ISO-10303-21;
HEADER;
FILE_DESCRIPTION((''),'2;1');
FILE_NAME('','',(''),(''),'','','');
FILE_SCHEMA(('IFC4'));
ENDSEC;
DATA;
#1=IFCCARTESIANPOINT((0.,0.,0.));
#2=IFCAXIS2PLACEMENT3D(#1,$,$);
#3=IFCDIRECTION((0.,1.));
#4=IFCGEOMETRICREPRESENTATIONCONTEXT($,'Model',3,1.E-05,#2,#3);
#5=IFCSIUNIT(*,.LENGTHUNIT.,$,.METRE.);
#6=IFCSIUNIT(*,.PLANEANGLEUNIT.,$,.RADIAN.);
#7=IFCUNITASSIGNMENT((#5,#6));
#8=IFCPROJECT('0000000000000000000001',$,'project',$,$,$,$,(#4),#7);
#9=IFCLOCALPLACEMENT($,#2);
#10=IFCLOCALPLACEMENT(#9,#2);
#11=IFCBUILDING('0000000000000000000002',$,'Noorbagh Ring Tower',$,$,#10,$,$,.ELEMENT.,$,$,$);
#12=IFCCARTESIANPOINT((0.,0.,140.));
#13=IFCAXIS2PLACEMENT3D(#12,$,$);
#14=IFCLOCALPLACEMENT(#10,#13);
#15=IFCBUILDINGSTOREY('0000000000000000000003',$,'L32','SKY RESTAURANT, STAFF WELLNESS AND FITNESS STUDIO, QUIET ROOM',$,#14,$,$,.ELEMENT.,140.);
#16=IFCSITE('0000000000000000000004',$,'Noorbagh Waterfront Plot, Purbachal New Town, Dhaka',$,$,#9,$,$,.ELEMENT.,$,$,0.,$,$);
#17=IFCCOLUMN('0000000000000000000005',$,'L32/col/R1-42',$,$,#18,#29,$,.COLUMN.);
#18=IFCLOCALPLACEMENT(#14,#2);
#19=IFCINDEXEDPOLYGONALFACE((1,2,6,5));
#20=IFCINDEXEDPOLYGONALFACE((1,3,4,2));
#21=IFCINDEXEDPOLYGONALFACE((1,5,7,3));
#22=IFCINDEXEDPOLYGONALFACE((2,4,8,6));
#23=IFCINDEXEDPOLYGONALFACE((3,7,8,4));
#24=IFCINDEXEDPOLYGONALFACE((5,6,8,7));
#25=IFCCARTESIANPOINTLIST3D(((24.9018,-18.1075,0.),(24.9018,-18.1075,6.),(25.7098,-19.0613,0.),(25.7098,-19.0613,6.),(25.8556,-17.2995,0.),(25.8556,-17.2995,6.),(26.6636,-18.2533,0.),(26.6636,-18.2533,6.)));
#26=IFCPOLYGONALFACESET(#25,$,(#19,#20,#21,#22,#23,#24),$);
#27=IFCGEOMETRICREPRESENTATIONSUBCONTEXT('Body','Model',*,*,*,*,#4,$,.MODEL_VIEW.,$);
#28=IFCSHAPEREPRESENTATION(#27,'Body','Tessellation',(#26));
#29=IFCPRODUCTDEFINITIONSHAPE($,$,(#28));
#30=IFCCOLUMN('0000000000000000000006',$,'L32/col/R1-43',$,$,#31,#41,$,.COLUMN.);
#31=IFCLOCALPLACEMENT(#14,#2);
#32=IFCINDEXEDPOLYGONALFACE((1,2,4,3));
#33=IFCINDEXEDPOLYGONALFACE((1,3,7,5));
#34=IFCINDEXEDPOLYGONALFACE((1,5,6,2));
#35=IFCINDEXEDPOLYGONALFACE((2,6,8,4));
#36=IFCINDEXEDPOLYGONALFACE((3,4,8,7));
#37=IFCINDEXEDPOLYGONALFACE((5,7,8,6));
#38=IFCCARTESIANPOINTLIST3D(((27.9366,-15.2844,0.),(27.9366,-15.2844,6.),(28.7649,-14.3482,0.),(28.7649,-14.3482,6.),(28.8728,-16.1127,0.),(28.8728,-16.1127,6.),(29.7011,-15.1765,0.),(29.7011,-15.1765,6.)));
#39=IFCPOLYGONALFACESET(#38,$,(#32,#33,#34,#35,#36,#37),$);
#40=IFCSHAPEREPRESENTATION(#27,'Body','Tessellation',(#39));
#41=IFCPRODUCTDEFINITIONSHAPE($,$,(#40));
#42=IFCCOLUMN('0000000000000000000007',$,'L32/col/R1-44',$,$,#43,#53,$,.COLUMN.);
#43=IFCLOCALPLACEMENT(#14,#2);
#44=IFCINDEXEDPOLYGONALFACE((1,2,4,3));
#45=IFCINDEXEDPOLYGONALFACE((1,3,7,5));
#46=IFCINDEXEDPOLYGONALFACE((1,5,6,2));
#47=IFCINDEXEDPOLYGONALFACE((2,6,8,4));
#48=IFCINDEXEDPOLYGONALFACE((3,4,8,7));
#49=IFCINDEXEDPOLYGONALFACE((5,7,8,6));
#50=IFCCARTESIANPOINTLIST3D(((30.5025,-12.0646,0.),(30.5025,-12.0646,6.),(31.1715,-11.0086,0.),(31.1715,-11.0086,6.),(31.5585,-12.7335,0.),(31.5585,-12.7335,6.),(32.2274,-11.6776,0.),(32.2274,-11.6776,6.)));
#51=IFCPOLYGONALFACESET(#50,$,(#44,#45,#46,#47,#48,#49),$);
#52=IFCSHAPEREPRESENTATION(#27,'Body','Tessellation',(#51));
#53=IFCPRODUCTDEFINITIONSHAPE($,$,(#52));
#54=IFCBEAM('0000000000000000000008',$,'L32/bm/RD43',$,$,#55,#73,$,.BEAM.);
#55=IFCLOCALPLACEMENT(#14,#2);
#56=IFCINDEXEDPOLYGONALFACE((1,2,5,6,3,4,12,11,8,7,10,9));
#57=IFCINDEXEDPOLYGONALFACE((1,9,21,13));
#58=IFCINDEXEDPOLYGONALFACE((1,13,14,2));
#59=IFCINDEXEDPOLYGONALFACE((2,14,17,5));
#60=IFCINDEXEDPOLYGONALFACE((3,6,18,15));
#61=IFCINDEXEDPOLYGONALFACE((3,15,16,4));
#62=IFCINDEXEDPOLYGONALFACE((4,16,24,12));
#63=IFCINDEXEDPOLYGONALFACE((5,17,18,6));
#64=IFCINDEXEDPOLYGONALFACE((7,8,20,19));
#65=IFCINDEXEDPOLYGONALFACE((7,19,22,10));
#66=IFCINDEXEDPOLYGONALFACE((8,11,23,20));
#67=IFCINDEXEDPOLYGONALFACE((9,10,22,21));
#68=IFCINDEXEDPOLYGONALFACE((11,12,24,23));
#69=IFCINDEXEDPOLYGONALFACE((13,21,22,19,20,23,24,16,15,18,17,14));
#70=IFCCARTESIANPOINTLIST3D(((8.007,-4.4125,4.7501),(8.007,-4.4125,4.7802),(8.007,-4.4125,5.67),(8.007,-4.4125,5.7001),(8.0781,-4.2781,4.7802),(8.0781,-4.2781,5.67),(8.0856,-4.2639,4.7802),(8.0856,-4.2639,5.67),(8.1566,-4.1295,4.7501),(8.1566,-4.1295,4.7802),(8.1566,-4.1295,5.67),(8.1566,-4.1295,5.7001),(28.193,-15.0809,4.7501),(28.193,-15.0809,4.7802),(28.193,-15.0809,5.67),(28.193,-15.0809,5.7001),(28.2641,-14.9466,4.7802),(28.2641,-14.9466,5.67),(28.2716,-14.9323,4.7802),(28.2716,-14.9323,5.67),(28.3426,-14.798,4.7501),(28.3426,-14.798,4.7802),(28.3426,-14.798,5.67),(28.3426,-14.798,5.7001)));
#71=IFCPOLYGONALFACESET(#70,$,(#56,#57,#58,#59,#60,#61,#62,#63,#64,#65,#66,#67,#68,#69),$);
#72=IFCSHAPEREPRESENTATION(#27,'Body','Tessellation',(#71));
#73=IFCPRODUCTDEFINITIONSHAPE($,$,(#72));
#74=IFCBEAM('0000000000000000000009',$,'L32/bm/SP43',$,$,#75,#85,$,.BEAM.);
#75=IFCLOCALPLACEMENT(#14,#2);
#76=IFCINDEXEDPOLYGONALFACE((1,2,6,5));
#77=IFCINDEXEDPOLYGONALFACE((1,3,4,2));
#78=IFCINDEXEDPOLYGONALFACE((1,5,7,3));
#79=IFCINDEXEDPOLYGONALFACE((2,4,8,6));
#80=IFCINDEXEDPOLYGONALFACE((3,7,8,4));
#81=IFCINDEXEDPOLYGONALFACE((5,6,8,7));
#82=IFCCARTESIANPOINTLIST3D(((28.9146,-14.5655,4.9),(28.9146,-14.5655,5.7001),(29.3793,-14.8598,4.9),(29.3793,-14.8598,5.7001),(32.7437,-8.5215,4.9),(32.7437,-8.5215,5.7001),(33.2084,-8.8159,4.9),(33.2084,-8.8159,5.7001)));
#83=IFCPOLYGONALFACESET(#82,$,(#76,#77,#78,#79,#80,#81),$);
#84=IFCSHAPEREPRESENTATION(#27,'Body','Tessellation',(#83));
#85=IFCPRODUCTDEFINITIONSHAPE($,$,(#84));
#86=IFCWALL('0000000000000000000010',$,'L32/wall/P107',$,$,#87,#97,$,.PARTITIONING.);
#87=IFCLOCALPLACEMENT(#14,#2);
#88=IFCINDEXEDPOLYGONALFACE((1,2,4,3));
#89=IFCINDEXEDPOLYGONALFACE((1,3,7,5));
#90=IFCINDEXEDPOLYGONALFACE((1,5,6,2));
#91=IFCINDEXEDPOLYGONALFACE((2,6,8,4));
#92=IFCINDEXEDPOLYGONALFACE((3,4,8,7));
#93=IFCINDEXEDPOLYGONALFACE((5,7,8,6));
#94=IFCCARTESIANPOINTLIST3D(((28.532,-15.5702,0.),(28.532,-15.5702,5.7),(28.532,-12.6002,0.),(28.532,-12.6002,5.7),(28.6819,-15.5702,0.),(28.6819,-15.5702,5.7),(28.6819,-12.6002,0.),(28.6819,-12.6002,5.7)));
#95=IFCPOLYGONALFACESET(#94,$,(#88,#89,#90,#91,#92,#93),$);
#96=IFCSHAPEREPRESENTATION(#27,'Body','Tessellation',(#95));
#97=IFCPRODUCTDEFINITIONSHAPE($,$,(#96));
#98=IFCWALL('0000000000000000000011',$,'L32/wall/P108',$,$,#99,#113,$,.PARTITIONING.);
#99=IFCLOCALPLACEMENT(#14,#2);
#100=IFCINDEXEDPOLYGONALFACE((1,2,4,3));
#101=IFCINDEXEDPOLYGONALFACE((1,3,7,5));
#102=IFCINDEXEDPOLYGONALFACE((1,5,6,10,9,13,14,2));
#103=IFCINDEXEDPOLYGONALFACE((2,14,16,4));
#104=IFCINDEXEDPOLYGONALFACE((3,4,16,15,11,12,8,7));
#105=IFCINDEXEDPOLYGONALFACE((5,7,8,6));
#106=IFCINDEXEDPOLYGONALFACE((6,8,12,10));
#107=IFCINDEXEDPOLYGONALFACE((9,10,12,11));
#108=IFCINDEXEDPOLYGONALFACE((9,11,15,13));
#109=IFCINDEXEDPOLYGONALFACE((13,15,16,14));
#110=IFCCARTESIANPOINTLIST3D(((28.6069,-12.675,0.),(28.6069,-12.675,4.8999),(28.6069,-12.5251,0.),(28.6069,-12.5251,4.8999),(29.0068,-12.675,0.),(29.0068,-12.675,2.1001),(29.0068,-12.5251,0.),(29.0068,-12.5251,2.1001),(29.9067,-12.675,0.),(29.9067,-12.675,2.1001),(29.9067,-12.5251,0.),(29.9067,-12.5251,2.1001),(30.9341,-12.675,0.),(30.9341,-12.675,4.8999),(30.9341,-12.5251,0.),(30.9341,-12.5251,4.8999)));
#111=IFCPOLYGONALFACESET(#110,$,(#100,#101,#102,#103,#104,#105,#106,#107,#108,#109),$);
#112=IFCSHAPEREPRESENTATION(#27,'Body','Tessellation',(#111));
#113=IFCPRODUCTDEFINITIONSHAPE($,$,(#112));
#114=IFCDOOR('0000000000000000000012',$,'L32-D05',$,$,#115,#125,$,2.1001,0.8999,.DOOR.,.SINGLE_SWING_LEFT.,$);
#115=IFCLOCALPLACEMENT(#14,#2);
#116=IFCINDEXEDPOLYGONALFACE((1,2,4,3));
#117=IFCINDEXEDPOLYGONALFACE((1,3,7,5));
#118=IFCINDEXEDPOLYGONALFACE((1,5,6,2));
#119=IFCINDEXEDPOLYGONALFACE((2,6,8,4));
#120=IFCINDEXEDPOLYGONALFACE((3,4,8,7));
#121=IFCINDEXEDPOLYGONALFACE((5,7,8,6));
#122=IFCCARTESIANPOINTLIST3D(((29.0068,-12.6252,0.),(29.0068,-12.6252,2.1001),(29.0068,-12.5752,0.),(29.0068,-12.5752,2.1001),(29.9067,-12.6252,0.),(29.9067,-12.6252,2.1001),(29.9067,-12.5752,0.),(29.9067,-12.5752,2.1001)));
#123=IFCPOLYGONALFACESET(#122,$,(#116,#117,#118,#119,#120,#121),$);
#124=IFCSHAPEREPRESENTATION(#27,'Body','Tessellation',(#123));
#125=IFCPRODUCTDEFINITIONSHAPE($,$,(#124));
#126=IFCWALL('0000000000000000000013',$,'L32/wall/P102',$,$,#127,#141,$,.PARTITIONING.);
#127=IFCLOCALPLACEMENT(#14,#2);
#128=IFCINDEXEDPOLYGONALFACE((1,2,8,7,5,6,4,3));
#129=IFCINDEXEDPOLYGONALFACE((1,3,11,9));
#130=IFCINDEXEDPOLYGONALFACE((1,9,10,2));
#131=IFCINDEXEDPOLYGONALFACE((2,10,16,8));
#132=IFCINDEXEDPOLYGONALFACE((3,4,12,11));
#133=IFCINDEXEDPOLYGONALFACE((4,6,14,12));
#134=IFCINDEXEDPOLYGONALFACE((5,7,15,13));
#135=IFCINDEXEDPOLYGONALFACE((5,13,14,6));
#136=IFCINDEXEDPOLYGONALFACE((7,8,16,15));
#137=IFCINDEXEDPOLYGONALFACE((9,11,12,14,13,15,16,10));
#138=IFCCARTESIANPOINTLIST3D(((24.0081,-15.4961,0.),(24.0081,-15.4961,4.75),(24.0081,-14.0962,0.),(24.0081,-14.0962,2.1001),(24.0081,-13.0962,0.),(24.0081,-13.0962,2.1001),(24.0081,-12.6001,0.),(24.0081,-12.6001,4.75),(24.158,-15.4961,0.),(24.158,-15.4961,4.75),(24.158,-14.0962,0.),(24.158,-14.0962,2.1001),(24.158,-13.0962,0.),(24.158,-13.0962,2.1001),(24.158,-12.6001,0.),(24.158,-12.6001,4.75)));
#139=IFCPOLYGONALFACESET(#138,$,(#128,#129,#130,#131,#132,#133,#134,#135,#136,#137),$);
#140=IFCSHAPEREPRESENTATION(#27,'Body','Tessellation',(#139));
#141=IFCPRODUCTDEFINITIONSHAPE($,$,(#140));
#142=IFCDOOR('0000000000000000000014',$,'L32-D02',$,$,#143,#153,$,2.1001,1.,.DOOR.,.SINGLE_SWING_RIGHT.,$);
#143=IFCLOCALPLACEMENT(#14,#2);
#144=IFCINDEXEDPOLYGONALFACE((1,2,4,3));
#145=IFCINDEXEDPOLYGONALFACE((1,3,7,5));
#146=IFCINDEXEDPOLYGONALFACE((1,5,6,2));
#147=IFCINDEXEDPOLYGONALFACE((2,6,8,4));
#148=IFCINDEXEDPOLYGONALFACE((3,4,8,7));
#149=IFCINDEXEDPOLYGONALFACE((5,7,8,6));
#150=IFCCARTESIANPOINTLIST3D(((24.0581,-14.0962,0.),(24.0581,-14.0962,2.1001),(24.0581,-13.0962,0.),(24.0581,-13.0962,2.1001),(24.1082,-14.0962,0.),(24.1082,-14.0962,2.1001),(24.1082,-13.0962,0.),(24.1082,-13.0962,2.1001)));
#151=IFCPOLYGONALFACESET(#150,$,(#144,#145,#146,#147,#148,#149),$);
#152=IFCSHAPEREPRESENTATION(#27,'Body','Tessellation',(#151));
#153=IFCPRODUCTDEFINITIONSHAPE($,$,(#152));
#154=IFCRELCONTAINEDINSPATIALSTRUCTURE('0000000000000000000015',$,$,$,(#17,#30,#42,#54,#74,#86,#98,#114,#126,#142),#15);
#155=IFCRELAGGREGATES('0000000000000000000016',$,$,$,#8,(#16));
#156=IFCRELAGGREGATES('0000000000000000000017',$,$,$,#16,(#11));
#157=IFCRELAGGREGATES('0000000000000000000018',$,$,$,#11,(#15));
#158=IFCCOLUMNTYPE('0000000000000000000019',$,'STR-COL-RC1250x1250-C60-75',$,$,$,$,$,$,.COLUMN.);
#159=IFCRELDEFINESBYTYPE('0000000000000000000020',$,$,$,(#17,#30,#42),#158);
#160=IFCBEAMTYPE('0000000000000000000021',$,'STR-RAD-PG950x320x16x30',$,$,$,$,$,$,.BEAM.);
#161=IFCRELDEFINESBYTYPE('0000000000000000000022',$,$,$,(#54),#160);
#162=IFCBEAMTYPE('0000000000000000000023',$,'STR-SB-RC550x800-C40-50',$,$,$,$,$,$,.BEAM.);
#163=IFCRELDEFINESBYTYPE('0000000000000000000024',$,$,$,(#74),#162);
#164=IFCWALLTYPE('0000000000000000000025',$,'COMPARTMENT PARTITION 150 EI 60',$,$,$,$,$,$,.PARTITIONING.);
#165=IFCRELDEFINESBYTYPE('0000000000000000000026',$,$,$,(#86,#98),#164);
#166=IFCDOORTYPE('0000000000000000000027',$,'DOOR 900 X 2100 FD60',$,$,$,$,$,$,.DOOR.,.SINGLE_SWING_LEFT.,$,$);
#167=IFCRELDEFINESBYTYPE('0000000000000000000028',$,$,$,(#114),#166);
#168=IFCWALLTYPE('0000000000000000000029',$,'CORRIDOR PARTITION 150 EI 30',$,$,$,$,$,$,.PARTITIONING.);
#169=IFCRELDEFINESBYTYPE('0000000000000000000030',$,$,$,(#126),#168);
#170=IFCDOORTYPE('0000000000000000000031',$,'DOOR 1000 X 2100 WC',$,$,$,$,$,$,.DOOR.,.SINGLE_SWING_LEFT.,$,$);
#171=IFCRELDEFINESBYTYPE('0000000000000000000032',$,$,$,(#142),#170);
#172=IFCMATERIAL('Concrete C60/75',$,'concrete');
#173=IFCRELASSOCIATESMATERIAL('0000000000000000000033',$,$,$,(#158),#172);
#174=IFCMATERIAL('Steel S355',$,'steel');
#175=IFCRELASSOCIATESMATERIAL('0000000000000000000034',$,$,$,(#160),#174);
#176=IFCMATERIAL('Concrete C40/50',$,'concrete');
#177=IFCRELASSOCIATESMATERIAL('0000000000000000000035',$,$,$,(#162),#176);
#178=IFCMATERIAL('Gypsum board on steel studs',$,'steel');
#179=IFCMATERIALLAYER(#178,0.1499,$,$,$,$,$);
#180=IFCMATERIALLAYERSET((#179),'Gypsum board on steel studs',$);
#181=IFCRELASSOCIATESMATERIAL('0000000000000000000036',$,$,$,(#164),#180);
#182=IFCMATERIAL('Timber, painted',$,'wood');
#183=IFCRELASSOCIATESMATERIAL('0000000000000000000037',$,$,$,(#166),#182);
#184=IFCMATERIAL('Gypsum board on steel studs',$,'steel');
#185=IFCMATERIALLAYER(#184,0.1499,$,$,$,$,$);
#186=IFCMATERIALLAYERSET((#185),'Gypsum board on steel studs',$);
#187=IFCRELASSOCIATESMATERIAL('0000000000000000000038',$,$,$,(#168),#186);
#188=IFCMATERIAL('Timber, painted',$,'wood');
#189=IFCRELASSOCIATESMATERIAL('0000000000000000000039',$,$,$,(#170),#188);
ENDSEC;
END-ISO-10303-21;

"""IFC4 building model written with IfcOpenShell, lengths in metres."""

from ifc_helpers import new_model, si_unit, direction, frame, frame_2d, origin, origin_2d, place, context, subcontext, project, spatial, rectangle, i_section, extrude, material, layer, layer_set, material_profile, profile_set, type_object, element, fill, save


model = new_model("IFC4")

# Units and contexts
model_context = context("Model", 3, precision=1e-05, world=origin(), true_north=direction((0.0, 1.0)))
body_context = subcontext(model_context, "Body", "Model", "MODEL_VIEW")
ifc_project = project(units=[si_unit("LENGTHUNIT", "METRE"), si_unit("PLANEANGLEUNIT", "RADIAN")], contexts=[model_context])

# Site, building, storey
site_placement = place(None, origin())
site = spatial("IfcSite", under=ifc_project, at=site_placement, Name="Noorbagh Waterfront Plot, Purbachal New Town, Dhaka", CompositionType="ELEMENT", RefElevation=0.0)
building_placement = place(site_placement, origin())
building = spatial("IfcBuilding", under=site, at=building_placement, Name="Noorbagh Ring Tower", CompositionType="ELEMENT")
storey_placement = place(building_placement, frame((0.0, 0.0, 140.0)))
storey = spatial("IfcBuildingStorey", under=building, at=storey_placement, Name="L32", Description="SKY RESTAURANT, STAFF WELLNESS AND FITNESS STUDIO, QUIET ROOM", CompositionType="ELEMENT", Elevation=140.0)

# Columns
ifc_material_1 = material(Name="Concrete C60/75", Category="concrete")
ifc_material_profile_1 = material_profile(ifc_material_1, rectangle(XDim=1.25, YDim=1.25, at=origin_2d()), Name="RC1250x1250")
ifc_profile_set_1 = profile_set([ifc_material_profile_1], Name="Concrete C60/75")
column_type = type_object("IfcColumnType", Name="STR-COL-RC1250x1250-C60-75", PredefinedType="COLUMN", material=ifc_profile_set_1)
for number, where, z_axis, x_axis, name in (
    (1, (25.7827, -18.1804, 0.0), (0.0, 0.0, 1.0), (0.763035, 0.646357, 0.0), "L32/col/R1-42"),
    (2, (28.8188, -15.2305, 0.0), (0.0, 0.0, 1.0), (0.662636, 0.748942, 0.0), "L32/col/R1-43"),
    (3, (31.365, -11.8711, 0.0), (0.0, 0.0, 1.0), (0.53519, 0.844731, 0.0), "L32/col/R1-44"),
):
    element("IfcColumn", number, at=place(storey_placement, frame(where, z_axis=z_axis, x_axis=x_axis)), inside=storey, type_object=column_type, Name=name, PredefinedType="COLUMN", context=body_context, shape_type="SweptSolid", body=[
        extrude(rectangle(XDim=1.25, YDim=1.25, at=origin_2d()), origin(), (0.0, 0.0, 1.0), 6.0),
    ])

# Beams
ifc_material_2 = material(Name="Steel S355", Category="steel")
ifc_material_profile_2 = material_profile(ifc_material_2, i_section(OverallWidth=0.3201, OverallDepth=0.95, WebThickness=0.0161, FlangeThickness=0.03, at=origin_2d()), Name="PG950x320x16x30")
ifc_profile_set_2 = profile_set([ifc_material_profile_2], Name="Steel S355")
beam_type_1 = type_object("IfcBeamType", Name="STR-RAD-PG950x320x16x30", PredefinedType="BEAM", material=ifc_profile_set_2)
beam_1_placement = place(storey_placement, frame((28.2678, -14.9395, 5.2251), z_axis=(-0.884119, 0.467263, 0.0), x_axis=(-0.467263, -0.884119, 0.0)))
element("IfcBeam", 4, at=beam_1_placement, inside=storey, type_object=beam_type_1, Name="L32/bm/RD43", PredefinedType="BEAM", context=body_context, shape_type="SweptSolid", body=[
    extrude(i_section(OverallWidth=0.3201, OverallDepth=0.95, WebThickness=0.0161, FlangeThickness=0.03, at=origin_2d()), origin(), (0.0, 0.0, 1.0), 22.8318),
])
ifc_material_3 = material(Name="Concrete C40/50", Category="concrete")
ifc_material_profile_3 = material_profile(ifc_material_3, rectangle(XDim=0.55, YDim=0.8, at=origin_2d()), Name="RC550x800")
ifc_profile_set_3 = profile_set([ifc_material_profile_3], Name="Concrete C40/50")
beam_type_2 = type_object("IfcBeamType", Name="STR-SB-RC550x800-C40-50", PredefinedType="BEAM", material=ifc_profile_set_3)
beam_2_placement = place(storey_placement, frame((29.147, -14.7126, 5.3), z_axis=(0.535179, 0.844739, 0.0), x_axis=(-0.844739, 0.535179, 0.0)))
element("IfcBeam", 5, at=beam_2_placement, inside=storey, type_object=beam_type_2, Name="L32/bm/SP43", PredefinedType="BEAM", context=body_context, shape_type="SweptSolid", body=[
    extrude(rectangle(XDim=0.55, YDim=0.8, at=origin_2d()), origin(), (0.0, 0.0, 1.0), 7.1548),
])

# Wall
ifc_material_4 = material(Name="Gypsum board on steel studs", Category="steel")
ifc_layer_1 = layer(ifc_material_4, 0.1499)
ifc_layer_set_1 = layer_set([ifc_layer_1], Name="Gypsum board on steel studs")
wall_type_1 = type_object("IfcWallType", Name="COMPARTMENT PARTITION 150 EI 60", PredefinedType="PARTITIONING", material=ifc_layer_set_1)
wall_1_placement = place(storey_placement, frame((28.6069, -15.5701, 0.0), z_axis=(0.0, 0.0, 1.0), x_axis=(0.0, 1.0, 0.0)))
element("IfcWall", 6, at=wall_1_placement, inside=storey, type_object=wall_type_1, Name="L32/wall/P107", PredefinedType="PARTITIONING", context=body_context, shape_type="SweptSolid", body=[
    extrude(rectangle(XDim=2.97, YDim=0.1499, at=frame_2d((1.4849, 0.0))), origin(), (0.0, 0.0, 1.0), 5.7),
])

# Walls, openings, doors
wall_2_placement = place(storey_placement, frame((28.6069, -12.6001, 0.0), z_axis=(0.0, 0.0, 1.0), x_axis=(1.0, 0.0, 0.0)))
wall_2 = element("IfcWall", 7, at=wall_2_placement, inside=storey, type_object=wall_type_1, Name="L32/wall/P108", PredefinedType="PARTITIONING", context=body_context, shape_type="SweptSolid", body=[
    extrude(rectangle(XDim=2.3271, YDim=0.1499, at=frame_2d((1.1636, 0.0))), origin(), (0.0, 0.0, 1.0), 4.8999),
])
opening_1_placement = place(wall_2_placement, frame((0.3999, 0.0, 0.0)))
opening_1 = element("IfcOpeningElement", 8, at=opening_1_placement, cuts=wall_2, PredefinedType="OPENING", context=body_context, shape_type="SweptSolid", body=[
    extrude(rectangle(XDim=0.8999, YDim=2.1001, at=frame_2d((0.45, 1.05))), frame((0.0, 0.085, 0.0), z_axis=(0.0, -1.0, 0.0), x_axis=(1.0, 0.0, 0.0)), (0.0, 0.0, 1.0), 0.1699),
])
ifc_material_5 = material(Name="Timber, painted", Category="wood")
door_type_1 = type_object("IfcDoorType", Name="DOOR 900 X 2100 FD60", OperationType="SINGLE_SWING_LEFT", PredefinedType="DOOR", material=ifc_material_5)
door_1_placement = place(opening_1_placement, origin())
door_1 = element("IfcDoor", 9, at=door_1_placement, inside=storey, type_object=door_type_1, Name="L32-D05", OperationType="SINGLE_SWING_LEFT", OverallHeight=2.1001, OverallWidth=0.8999, PredefinedType="DOOR", context=body_context, shape_type="SweptSolid", body=[
    extrude(rectangle(XDim=0.8999, YDim=2.1001, at=frame_2d((0.45, 1.05))), frame((0.0, 0.0249, 0.0), z_axis=(0.0, -1.0, 0.0), x_axis=(1.0, 0.0, 0.0)), (0.0, 0.0, 1.0), 0.05),
])
fill(opening_1, door_1)
ifc_material_6 = material(Name="Gypsum board on steel studs", Category="steel")
ifc_layer_2 = layer(ifc_material_6, 0.1499)
ifc_layer_set_2 = layer_set([ifc_layer_2], Name="Gypsum board on steel studs")
wall_type_2 = type_object("IfcWallType", Name="CORRIDOR PARTITION 150 EI 30", PredefinedType="PARTITIONING", material=ifc_layer_set_2)
wall_3_placement = place(storey_placement, frame((24.083, -15.4961, 0.0), z_axis=(0.0, 0.0, 1.0), x_axis=(0.0, 1.0, 0.0)))
wall_3 = element("IfcWall", 10, at=wall_3_placement, inside=storey, type_object=wall_type_2, Name="L32/wall/P102", PredefinedType="PARTITIONING", context=body_context, shape_type="SweptSolid", body=[
    extrude(rectangle(XDim=2.896, YDim=0.1499, at=frame_2d((1.448, 0.0))), origin(), (0.0, 0.0, 1.0), 4.75),
])
opening_2_placement = place(wall_3_placement, frame((1.3999, 0.0, 0.0)))
opening_2 = element("IfcOpeningElement", 11, at=opening_2_placement, cuts=wall_3, PredefinedType="OPENING", context=body_context, shape_type="SweptSolid", body=[
    extrude(rectangle(XDim=1.0, YDim=2.1001, at=frame_2d((0.5, 1.05))), frame((0.0, 0.085, 0.0), z_axis=(0.0, -1.0, 0.0), x_axis=(1.0, 0.0, 0.0)), (0.0, 0.0, 1.0), 0.1699),
])
ifc_material_7 = material(Name="Timber, painted", Category="wood")
door_type_2 = type_object("IfcDoorType", Name="DOOR 1000 X 2100 WC", OperationType="SINGLE_SWING_LEFT", PredefinedType="DOOR", material=ifc_material_7)
door_2_placement = place(opening_2_placement, origin())
door_2 = element("IfcDoor", 12, at=door_2_placement, inside=storey, type_object=door_type_2, Name="L32-D02", OperationType="SINGLE_SWING_RIGHT", OverallHeight=2.1001, OverallWidth=1.0, PredefinedType="DOOR", context=body_context, shape_type="SweptSolid", body=[
    extrude(rectangle(XDim=1.0, YDim=2.1001, at=frame_2d((0.5, 1.05))), frame((0.0, 0.0249, 0.0), z_axis=(0.0, -1.0, 0.0), x_axis=(1.0, 0.0, 0.0)), (0.0, 0.0, 1.0), 0.05),
])
fill(opening_2, door_2)

save(model, "model.ifc")
